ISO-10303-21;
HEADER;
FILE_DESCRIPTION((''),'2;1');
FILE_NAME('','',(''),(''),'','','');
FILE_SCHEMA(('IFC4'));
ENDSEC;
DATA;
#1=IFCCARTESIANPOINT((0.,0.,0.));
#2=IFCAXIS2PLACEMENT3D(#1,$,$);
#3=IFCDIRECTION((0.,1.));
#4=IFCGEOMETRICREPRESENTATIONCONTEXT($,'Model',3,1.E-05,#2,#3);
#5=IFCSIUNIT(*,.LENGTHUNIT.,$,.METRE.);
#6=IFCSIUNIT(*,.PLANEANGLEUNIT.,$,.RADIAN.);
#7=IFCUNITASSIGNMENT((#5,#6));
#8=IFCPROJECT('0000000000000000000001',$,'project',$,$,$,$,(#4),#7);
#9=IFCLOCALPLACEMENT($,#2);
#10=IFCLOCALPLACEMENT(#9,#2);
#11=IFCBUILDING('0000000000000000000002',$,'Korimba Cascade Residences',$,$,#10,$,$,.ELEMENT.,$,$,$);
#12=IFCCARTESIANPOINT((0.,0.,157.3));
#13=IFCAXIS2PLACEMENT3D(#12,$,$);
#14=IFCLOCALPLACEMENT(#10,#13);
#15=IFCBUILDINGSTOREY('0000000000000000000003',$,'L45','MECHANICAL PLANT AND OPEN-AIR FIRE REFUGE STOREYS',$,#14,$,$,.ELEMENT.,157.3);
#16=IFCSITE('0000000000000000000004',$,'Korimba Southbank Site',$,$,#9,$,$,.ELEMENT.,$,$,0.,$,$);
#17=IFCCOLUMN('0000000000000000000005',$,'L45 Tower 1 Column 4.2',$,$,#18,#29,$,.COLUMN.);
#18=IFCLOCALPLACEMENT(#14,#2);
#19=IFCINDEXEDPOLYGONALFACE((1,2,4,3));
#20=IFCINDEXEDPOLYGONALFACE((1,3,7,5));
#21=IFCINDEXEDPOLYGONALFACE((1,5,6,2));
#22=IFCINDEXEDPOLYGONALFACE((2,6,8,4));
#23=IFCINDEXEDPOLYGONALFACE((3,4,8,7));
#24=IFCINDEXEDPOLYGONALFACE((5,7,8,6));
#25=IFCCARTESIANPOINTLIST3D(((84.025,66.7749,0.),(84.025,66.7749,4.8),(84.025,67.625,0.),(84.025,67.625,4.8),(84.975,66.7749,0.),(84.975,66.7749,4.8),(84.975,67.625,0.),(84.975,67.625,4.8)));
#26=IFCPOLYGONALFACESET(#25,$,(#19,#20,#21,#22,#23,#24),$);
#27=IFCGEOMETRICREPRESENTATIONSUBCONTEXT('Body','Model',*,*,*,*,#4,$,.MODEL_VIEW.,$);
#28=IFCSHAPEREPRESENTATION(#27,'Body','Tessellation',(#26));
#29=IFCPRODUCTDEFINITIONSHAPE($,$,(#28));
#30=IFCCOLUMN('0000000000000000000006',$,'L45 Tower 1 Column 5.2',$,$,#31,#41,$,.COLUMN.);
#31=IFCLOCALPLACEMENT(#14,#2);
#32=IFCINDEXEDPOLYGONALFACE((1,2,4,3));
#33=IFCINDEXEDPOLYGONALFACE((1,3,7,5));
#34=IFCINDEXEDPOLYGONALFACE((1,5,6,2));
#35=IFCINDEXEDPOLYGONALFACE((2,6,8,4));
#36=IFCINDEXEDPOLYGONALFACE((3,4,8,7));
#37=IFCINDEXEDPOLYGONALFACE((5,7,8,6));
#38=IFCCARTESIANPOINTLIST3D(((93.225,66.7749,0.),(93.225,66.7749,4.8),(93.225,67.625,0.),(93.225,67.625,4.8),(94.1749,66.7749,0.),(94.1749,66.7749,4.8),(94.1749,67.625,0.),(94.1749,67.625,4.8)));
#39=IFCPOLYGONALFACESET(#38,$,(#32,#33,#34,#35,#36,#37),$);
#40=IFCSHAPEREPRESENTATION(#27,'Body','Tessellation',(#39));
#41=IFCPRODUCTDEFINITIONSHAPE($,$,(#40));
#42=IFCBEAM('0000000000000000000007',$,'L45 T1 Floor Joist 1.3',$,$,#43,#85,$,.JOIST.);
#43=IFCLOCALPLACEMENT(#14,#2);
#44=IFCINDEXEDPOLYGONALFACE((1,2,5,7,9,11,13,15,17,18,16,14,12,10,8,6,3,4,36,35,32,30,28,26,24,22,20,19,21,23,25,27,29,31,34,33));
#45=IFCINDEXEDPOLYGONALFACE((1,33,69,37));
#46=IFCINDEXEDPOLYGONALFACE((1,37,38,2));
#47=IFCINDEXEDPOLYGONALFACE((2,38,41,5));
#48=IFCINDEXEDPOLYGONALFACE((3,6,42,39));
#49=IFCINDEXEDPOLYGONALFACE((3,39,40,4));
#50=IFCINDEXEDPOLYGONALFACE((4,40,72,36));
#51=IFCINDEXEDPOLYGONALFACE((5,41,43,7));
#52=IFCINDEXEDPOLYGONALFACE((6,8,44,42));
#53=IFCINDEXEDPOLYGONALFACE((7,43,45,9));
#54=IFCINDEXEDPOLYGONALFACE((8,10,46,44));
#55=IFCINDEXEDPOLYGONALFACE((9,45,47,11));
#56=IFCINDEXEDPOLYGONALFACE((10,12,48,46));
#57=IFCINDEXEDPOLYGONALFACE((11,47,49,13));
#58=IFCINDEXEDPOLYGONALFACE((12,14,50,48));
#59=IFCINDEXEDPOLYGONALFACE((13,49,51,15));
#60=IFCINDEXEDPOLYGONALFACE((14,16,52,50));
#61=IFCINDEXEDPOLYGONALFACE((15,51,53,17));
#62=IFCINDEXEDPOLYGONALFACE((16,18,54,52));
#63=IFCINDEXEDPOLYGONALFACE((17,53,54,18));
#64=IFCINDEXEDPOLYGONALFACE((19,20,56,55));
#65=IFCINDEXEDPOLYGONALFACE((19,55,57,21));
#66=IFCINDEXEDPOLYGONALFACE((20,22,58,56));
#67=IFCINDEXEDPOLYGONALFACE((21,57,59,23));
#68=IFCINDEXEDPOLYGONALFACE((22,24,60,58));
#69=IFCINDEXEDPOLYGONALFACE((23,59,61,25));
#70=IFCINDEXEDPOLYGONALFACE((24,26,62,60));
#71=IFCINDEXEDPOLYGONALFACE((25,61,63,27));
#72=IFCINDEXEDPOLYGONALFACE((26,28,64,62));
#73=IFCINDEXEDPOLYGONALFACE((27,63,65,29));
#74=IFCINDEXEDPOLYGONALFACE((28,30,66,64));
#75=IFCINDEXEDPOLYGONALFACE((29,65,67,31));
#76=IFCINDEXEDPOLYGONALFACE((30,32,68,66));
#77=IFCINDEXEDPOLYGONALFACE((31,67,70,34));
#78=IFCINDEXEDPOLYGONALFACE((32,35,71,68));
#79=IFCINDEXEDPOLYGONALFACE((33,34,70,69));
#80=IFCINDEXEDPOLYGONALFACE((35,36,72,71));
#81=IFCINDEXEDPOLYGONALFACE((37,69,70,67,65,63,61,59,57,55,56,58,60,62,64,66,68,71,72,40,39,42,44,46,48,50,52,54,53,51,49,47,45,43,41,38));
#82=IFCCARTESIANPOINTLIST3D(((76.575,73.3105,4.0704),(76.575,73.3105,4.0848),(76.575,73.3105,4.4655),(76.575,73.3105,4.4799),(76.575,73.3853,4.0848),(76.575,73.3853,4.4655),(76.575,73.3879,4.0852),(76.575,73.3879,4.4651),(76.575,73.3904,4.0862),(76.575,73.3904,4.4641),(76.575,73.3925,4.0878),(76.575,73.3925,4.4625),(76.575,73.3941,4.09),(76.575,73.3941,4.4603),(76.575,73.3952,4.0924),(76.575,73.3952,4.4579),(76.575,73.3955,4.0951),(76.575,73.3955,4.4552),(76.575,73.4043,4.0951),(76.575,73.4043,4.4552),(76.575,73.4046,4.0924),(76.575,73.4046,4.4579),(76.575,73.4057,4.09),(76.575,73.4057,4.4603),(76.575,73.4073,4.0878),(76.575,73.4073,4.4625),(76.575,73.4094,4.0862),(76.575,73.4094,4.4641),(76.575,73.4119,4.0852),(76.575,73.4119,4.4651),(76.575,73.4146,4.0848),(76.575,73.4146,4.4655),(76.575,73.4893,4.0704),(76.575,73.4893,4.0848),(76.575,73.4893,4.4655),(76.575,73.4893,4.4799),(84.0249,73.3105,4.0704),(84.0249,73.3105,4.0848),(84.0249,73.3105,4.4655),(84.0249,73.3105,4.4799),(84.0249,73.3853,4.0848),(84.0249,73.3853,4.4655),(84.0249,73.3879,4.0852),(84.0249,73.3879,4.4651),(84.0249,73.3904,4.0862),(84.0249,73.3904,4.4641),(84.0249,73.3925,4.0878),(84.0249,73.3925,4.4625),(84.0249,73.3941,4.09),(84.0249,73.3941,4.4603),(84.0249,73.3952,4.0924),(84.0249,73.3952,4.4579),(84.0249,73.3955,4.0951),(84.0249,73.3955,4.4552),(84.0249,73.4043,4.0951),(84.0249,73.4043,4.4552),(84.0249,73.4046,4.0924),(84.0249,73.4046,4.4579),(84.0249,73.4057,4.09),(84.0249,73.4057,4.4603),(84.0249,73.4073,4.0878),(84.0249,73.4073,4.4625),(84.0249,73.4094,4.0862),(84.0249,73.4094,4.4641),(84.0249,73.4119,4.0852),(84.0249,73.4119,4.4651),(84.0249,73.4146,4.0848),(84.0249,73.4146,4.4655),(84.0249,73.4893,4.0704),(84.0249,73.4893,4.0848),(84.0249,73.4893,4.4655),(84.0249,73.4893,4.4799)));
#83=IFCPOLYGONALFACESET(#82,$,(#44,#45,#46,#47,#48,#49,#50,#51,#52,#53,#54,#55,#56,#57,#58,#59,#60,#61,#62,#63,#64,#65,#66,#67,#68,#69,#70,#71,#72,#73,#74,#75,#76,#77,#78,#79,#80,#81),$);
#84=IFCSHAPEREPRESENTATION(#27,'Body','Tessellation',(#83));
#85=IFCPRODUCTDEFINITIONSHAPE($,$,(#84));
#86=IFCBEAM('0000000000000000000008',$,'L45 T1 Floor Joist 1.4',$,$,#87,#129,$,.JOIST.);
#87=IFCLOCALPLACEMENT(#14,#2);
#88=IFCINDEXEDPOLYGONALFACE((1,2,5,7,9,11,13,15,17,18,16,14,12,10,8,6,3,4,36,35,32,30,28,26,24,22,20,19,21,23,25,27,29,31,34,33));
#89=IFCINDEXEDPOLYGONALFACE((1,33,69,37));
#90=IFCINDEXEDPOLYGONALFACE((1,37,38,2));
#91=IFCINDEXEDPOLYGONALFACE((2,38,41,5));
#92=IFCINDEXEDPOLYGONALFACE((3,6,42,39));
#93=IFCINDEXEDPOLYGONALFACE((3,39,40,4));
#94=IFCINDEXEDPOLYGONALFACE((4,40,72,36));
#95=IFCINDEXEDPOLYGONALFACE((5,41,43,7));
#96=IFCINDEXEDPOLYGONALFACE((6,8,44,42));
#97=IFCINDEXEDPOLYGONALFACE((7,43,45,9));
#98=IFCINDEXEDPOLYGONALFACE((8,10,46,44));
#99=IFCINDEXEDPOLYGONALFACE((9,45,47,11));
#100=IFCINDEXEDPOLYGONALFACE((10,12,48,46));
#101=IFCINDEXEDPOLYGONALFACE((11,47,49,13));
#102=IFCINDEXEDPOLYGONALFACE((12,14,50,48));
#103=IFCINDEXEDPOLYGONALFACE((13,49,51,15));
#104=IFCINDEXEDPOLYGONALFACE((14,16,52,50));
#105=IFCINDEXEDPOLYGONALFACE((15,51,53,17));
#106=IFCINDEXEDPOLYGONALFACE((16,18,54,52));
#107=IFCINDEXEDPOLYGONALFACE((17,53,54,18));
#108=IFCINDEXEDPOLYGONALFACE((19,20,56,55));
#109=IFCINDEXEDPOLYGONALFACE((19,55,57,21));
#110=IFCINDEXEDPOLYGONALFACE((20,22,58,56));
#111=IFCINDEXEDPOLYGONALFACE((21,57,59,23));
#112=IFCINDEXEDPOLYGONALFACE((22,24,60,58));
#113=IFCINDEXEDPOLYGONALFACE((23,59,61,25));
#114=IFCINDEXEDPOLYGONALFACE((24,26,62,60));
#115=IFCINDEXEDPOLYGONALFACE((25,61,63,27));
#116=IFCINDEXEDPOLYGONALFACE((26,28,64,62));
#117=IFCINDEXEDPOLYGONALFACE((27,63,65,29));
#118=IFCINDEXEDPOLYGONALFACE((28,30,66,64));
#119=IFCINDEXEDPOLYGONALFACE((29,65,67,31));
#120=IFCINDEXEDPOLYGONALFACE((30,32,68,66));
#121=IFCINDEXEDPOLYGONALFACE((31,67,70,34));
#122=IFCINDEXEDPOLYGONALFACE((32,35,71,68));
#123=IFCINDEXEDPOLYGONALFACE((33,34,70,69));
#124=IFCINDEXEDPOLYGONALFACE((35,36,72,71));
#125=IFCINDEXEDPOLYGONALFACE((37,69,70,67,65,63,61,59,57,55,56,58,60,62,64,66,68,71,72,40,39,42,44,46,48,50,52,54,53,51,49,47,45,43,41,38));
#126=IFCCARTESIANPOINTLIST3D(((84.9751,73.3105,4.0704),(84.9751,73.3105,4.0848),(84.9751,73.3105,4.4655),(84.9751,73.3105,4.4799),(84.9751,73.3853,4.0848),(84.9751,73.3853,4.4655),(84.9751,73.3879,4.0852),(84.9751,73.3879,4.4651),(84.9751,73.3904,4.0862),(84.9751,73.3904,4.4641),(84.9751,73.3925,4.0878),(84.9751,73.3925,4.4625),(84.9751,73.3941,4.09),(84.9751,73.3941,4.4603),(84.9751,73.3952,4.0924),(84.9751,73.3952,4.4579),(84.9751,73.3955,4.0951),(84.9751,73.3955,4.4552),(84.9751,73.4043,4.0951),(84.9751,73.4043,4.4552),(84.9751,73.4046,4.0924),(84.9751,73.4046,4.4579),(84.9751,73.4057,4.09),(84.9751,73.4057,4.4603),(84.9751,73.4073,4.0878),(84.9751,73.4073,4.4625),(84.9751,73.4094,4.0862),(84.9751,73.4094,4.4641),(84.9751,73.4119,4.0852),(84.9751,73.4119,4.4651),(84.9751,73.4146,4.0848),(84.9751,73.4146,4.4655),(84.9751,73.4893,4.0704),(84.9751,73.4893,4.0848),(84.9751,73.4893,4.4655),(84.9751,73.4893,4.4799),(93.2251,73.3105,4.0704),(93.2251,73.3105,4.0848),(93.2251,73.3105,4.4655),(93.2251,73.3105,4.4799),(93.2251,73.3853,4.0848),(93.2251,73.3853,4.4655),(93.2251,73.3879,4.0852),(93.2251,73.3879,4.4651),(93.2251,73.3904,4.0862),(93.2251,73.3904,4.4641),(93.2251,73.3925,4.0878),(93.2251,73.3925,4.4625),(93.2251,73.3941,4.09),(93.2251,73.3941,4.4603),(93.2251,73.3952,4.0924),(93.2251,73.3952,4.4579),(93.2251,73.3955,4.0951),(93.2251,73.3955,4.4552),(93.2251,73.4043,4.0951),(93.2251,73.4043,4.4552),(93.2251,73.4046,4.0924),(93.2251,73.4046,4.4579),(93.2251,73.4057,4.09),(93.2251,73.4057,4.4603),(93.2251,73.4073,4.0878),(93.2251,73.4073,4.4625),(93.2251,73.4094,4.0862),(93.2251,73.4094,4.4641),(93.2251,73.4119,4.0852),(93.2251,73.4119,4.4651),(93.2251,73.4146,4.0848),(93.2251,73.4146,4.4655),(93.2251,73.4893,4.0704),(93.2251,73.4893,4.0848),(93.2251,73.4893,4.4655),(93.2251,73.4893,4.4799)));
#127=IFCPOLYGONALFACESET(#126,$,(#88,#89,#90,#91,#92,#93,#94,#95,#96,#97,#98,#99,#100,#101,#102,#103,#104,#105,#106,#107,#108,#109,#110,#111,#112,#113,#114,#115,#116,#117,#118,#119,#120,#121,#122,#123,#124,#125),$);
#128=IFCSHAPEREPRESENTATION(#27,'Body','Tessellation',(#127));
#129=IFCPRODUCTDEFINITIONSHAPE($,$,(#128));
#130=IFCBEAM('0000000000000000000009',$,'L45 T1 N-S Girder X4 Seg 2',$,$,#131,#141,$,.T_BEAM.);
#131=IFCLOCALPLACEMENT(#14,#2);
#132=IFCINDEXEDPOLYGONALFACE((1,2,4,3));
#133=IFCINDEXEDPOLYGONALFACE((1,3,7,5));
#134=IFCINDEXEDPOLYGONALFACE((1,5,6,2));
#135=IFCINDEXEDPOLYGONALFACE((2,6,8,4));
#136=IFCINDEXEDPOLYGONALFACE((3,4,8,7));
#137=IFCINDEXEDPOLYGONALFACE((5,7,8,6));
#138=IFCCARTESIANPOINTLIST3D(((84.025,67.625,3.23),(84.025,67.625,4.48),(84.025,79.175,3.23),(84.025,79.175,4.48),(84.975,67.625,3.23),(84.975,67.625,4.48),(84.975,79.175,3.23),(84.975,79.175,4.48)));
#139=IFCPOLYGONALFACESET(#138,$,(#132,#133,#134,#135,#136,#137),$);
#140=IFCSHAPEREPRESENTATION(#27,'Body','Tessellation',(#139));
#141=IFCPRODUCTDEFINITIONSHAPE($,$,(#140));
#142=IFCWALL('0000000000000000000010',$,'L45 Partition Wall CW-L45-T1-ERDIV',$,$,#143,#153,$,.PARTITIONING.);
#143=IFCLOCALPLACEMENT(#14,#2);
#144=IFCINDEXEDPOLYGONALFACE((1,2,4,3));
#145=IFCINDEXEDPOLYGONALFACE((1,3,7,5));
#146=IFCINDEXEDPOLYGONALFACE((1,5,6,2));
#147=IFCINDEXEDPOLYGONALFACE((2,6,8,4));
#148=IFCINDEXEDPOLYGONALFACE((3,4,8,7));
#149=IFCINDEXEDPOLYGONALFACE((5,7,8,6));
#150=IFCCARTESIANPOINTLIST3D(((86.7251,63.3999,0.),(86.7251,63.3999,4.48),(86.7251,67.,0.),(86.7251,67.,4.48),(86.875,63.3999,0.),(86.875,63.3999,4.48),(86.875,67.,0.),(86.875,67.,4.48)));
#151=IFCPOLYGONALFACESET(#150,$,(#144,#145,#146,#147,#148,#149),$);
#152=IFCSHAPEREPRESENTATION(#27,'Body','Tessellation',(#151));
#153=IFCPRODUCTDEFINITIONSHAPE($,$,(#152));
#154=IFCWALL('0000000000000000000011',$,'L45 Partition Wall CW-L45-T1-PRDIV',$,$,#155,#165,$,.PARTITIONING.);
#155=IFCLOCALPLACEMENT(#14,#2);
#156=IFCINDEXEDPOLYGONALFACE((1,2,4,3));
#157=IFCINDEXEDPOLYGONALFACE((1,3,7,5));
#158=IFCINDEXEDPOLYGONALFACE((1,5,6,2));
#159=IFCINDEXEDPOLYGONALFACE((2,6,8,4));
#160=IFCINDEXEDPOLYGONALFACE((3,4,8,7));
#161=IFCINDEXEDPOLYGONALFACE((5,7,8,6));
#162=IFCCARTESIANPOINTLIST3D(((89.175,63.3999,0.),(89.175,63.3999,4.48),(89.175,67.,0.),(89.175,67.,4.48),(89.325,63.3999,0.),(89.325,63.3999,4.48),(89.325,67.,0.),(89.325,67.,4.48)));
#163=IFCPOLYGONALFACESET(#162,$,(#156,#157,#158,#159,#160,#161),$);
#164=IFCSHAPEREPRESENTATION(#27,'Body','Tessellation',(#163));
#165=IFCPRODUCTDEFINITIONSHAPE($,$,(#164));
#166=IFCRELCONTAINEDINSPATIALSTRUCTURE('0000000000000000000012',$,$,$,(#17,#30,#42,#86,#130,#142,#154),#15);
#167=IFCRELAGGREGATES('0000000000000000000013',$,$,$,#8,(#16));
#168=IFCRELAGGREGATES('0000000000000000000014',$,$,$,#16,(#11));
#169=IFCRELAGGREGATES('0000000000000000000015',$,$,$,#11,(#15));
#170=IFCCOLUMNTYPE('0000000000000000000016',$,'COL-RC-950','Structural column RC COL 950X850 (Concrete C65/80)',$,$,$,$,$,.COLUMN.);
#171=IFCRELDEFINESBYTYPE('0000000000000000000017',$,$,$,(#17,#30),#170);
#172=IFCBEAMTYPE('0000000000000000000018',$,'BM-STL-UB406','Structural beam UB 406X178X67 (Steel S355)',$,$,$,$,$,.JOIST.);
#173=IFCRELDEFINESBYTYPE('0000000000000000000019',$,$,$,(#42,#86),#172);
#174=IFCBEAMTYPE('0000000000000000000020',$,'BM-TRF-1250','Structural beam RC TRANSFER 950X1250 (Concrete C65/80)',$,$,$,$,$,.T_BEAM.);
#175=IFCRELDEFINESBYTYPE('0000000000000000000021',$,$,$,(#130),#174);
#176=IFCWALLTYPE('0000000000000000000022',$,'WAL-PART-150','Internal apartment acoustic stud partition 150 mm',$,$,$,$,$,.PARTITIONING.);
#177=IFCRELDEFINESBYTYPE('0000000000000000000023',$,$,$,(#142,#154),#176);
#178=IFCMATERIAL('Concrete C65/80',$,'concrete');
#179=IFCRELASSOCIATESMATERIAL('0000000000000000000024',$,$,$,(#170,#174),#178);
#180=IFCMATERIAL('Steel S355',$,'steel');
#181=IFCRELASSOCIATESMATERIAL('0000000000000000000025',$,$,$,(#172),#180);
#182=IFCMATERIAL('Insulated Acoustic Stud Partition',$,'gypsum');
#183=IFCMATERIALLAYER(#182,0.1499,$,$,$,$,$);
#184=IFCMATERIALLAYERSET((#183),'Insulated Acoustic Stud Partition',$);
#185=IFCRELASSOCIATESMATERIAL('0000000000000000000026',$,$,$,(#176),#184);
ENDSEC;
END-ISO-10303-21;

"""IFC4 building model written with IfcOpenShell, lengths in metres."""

from ifc_helpers import new_model, si_unit, direction, frame, frame_2d, origin, origin_2d, place, context, subcontext, project, spatial, rectangle, i_section, extrude, material, layer, layer_set, material_profile, profile_set, type_object, element, save


model = new_model("IFC4")

# Units and contexts
model_context = context("Model", 3, precision=1e-05, world=origin(), true_north=direction((0.0, 1.0)))
body_context = subcontext(model_context, "Body", "Model", "MODEL_VIEW")
ifc_project = project(units=[si_unit("LENGTHUNIT", "METRE"), si_unit("PLANEANGLEUNIT", "RADIAN")], contexts=[model_context])

# Site, building, storey
site_placement = place(None, origin())
site = spatial("IfcSite", under=ifc_project, at=site_placement, Name="Korimba Southbank Site", CompositionType="ELEMENT", RefElevation=0.0)
building_placement = place(site_placement, origin())
building = spatial("IfcBuilding", under=site, at=building_placement, Name="Korimba Cascade Residences", CompositionType="ELEMENT")
storey_placement = place(building_placement, frame((0.0, 0.0, 157.3)))
storey = spatial("IfcBuildingStorey", under=building, at=storey_placement, Name="L45", Description="MECHANICAL PLANT AND OPEN-AIR FIRE REFUGE STOREYS", CompositionType="ELEMENT", Elevation=157.3)

# Columns
ifc_material_1 = material(Name="Concrete C65/80", Category="concrete")
ifc_material_profile_1 = material_profile(ifc_material_1, rectangle(XDim=0.95, YDim=0.8501, at=origin_2d()), Name="Concrete C65/80")
ifc_profile_set_1 = profile_set([ifc_material_profile_1], Name="Concrete C65/80")
column_type = type_object("IfcColumnType", Name="COL-RC-950", Description="Structural column RC COL 950X850 (Concrete C65/80)", PredefinedType="COLUMN", material=ifc_profile_set_1)
for number, where, z_axis, x_axis, name in (
    (1, (84.5, 67.2, 0.0), (0.0, 0.0, 1.0), (1.0, 0.0, 0.0), "L45 Tower 1 Column 4.2"),
    (2, (93.7, 67.2, 0.0), (0.0, 0.0, 1.0), (1.0, 0.0, 0.0), "L45 Tower 1 Column 5.2"),
):
    element("IfcColumn", number, at=place(storey_placement, frame(where, z_axis=z_axis, x_axis=x_axis)), inside=storey, type_object=column_type, Name=name, PredefinedType="COLUMN", context=body_context, shape_type="SweptSolid", body=[
        extrude(rectangle(XDim=0.95, YDim=0.8501, at=origin_2d()), origin(), (0.0, 0.0, 1.0), 4.8),
    ])

# Beams
ifc_material_2 = material(Name="Steel S355", Category="steel")
ifc_material_profile_2 = material_profile(ifc_material_2, i_section(OverallWidth=0.1787, OverallDepth=0.4094, WebThickness=0.0088, FlangeThickness=0.0144, FilletRadius=0.0103, at=origin_2d()), Name="Steel S355")
ifc_profile_set_2 = profile_set([ifc_material_profile_2], Name="Steel S355")
beam_type_1 = type_object("IfcBeamType", Name="BM-STL-UB406", Description="Structural beam UB 406X178X67 (Steel S355)", PredefinedType="JOIST", material=ifc_profile_set_2)
beam_1_placement = place(storey_placement, frame((76.575, 73.3999, 4.2751), z_axis=(1.0, 0.0, 0.0), x_axis=(0.0, 1.0, 0.0)))
element("IfcBeam", 3, at=beam_1_placement, inside=storey, type_object=beam_type_1, Name="L45 T1 Floor Joist 1.3", PredefinedType="JOIST", context=body_context, shape_type="SweptSolid", body=[
    extrude(i_section(OverallWidth=0.1787, OverallDepth=0.4094, WebThickness=0.0088, FlangeThickness=0.0144, FilletRadius=0.0103, at=origin_2d()), origin(), (0.0, 0.0, 1.0), 7.45),
])
beam_2_placement = place(storey_placement, frame((84.9751, 73.3999, 4.2751), z_axis=(1.0, 0.0, 0.0), x_axis=(0.0, 1.0, 0.0)))
element("IfcBeam", 4, at=beam_2_placement, inside=storey, type_object=beam_type_1, Name="L45 T1 Floor Joist 1.4", PredefinedType="JOIST", context=body_context, shape_type="SweptSolid", body=[
    extrude(i_section(OverallWidth=0.1787, OverallDepth=0.4094, WebThickness=0.0088, FlangeThickness=0.0144, FilletRadius=0.0103, at=origin_2d()), origin(), (0.0, 0.0, 1.0), 8.25),
])
ifc_material_profile_3 = material_profile(ifc_material_1, rectangle(XDim=0.95, YDim=1.25, at=origin_2d()), Name="Concrete C65/80")
ifc_profile_set_3 = profile_set([ifc_material_profile_3], Name="Concrete C65/80")
beam_type_2 = type_object("IfcBeamType", Name="BM-TRF-1250", Description="Structural beam RC TRANSFER 950X1250 (Concrete C65/80)", PredefinedType="T_BEAM", material=ifc_profile_set_3)
beam_3_placement = place(storey_placement, frame((84.5, 67.625, 3.855), z_axis=(0.0, 1.0, 0.0), x_axis=(-1.0, 0.0, 0.0)))
element("IfcBeam", 5, at=beam_3_placement, inside=storey, type_object=beam_type_2, Name="L45 T1 N-S Girder X4 Seg 2", PredefinedType="T_BEAM", context=body_context, shape_type="SweptSolid", body=[
    extrude(rectangle(XDim=0.95, YDim=1.25, at=origin_2d()), origin(), (0.0, 0.0, 1.0), 11.55),
])

# Walls
ifc_material_3 = material(Name="Insulated Acoustic Stud Partition", Category="gypsum")
ifc_layer_1 = layer(ifc_material_3, 0.1499)
ifc_layer_set_1 = layer_set([ifc_layer_1], Name="Insulated Acoustic Stud Partition")
wall_type_1 = type_object("IfcWallType", Name="WAL-PART-150", Description="Internal apartment acoustic stud partition 150 mm", PredefinedType="PARTITIONING", material=ifc_layer_set_1)
for number, where, z_axis, x_axis, name in (
    (6, (86.8, 63.3999, 0.0), (0.0, 0.0, 1.0), (0.0, 1.0, 0.0), "L45 Partition Wall CW-L45-T1-ERDIV"),
    (7, (89.25, 63.3999, 0.0), (0.0, 0.0, 1.0), (0.0, 1.0, 0.0), "L45 Partition Wall CW-L45-T1-PRDIV"),
):
    element("IfcWall", number, at=place(storey_placement, frame(where, z_axis=z_axis, x_axis=x_axis)), inside=storey, type_object=wall_type_1, Name=name, PredefinedType="PARTITIONING", context=body_context, shape_type="SweptSolid", body=[
        extrude(rectangle(XDim=3.6001, YDim=0.1499, at=frame_2d((1.8, 0.0))), origin(), (0.0, 0.0, 1.0), 4.48),
    ])

save(model, "model.ifc")
